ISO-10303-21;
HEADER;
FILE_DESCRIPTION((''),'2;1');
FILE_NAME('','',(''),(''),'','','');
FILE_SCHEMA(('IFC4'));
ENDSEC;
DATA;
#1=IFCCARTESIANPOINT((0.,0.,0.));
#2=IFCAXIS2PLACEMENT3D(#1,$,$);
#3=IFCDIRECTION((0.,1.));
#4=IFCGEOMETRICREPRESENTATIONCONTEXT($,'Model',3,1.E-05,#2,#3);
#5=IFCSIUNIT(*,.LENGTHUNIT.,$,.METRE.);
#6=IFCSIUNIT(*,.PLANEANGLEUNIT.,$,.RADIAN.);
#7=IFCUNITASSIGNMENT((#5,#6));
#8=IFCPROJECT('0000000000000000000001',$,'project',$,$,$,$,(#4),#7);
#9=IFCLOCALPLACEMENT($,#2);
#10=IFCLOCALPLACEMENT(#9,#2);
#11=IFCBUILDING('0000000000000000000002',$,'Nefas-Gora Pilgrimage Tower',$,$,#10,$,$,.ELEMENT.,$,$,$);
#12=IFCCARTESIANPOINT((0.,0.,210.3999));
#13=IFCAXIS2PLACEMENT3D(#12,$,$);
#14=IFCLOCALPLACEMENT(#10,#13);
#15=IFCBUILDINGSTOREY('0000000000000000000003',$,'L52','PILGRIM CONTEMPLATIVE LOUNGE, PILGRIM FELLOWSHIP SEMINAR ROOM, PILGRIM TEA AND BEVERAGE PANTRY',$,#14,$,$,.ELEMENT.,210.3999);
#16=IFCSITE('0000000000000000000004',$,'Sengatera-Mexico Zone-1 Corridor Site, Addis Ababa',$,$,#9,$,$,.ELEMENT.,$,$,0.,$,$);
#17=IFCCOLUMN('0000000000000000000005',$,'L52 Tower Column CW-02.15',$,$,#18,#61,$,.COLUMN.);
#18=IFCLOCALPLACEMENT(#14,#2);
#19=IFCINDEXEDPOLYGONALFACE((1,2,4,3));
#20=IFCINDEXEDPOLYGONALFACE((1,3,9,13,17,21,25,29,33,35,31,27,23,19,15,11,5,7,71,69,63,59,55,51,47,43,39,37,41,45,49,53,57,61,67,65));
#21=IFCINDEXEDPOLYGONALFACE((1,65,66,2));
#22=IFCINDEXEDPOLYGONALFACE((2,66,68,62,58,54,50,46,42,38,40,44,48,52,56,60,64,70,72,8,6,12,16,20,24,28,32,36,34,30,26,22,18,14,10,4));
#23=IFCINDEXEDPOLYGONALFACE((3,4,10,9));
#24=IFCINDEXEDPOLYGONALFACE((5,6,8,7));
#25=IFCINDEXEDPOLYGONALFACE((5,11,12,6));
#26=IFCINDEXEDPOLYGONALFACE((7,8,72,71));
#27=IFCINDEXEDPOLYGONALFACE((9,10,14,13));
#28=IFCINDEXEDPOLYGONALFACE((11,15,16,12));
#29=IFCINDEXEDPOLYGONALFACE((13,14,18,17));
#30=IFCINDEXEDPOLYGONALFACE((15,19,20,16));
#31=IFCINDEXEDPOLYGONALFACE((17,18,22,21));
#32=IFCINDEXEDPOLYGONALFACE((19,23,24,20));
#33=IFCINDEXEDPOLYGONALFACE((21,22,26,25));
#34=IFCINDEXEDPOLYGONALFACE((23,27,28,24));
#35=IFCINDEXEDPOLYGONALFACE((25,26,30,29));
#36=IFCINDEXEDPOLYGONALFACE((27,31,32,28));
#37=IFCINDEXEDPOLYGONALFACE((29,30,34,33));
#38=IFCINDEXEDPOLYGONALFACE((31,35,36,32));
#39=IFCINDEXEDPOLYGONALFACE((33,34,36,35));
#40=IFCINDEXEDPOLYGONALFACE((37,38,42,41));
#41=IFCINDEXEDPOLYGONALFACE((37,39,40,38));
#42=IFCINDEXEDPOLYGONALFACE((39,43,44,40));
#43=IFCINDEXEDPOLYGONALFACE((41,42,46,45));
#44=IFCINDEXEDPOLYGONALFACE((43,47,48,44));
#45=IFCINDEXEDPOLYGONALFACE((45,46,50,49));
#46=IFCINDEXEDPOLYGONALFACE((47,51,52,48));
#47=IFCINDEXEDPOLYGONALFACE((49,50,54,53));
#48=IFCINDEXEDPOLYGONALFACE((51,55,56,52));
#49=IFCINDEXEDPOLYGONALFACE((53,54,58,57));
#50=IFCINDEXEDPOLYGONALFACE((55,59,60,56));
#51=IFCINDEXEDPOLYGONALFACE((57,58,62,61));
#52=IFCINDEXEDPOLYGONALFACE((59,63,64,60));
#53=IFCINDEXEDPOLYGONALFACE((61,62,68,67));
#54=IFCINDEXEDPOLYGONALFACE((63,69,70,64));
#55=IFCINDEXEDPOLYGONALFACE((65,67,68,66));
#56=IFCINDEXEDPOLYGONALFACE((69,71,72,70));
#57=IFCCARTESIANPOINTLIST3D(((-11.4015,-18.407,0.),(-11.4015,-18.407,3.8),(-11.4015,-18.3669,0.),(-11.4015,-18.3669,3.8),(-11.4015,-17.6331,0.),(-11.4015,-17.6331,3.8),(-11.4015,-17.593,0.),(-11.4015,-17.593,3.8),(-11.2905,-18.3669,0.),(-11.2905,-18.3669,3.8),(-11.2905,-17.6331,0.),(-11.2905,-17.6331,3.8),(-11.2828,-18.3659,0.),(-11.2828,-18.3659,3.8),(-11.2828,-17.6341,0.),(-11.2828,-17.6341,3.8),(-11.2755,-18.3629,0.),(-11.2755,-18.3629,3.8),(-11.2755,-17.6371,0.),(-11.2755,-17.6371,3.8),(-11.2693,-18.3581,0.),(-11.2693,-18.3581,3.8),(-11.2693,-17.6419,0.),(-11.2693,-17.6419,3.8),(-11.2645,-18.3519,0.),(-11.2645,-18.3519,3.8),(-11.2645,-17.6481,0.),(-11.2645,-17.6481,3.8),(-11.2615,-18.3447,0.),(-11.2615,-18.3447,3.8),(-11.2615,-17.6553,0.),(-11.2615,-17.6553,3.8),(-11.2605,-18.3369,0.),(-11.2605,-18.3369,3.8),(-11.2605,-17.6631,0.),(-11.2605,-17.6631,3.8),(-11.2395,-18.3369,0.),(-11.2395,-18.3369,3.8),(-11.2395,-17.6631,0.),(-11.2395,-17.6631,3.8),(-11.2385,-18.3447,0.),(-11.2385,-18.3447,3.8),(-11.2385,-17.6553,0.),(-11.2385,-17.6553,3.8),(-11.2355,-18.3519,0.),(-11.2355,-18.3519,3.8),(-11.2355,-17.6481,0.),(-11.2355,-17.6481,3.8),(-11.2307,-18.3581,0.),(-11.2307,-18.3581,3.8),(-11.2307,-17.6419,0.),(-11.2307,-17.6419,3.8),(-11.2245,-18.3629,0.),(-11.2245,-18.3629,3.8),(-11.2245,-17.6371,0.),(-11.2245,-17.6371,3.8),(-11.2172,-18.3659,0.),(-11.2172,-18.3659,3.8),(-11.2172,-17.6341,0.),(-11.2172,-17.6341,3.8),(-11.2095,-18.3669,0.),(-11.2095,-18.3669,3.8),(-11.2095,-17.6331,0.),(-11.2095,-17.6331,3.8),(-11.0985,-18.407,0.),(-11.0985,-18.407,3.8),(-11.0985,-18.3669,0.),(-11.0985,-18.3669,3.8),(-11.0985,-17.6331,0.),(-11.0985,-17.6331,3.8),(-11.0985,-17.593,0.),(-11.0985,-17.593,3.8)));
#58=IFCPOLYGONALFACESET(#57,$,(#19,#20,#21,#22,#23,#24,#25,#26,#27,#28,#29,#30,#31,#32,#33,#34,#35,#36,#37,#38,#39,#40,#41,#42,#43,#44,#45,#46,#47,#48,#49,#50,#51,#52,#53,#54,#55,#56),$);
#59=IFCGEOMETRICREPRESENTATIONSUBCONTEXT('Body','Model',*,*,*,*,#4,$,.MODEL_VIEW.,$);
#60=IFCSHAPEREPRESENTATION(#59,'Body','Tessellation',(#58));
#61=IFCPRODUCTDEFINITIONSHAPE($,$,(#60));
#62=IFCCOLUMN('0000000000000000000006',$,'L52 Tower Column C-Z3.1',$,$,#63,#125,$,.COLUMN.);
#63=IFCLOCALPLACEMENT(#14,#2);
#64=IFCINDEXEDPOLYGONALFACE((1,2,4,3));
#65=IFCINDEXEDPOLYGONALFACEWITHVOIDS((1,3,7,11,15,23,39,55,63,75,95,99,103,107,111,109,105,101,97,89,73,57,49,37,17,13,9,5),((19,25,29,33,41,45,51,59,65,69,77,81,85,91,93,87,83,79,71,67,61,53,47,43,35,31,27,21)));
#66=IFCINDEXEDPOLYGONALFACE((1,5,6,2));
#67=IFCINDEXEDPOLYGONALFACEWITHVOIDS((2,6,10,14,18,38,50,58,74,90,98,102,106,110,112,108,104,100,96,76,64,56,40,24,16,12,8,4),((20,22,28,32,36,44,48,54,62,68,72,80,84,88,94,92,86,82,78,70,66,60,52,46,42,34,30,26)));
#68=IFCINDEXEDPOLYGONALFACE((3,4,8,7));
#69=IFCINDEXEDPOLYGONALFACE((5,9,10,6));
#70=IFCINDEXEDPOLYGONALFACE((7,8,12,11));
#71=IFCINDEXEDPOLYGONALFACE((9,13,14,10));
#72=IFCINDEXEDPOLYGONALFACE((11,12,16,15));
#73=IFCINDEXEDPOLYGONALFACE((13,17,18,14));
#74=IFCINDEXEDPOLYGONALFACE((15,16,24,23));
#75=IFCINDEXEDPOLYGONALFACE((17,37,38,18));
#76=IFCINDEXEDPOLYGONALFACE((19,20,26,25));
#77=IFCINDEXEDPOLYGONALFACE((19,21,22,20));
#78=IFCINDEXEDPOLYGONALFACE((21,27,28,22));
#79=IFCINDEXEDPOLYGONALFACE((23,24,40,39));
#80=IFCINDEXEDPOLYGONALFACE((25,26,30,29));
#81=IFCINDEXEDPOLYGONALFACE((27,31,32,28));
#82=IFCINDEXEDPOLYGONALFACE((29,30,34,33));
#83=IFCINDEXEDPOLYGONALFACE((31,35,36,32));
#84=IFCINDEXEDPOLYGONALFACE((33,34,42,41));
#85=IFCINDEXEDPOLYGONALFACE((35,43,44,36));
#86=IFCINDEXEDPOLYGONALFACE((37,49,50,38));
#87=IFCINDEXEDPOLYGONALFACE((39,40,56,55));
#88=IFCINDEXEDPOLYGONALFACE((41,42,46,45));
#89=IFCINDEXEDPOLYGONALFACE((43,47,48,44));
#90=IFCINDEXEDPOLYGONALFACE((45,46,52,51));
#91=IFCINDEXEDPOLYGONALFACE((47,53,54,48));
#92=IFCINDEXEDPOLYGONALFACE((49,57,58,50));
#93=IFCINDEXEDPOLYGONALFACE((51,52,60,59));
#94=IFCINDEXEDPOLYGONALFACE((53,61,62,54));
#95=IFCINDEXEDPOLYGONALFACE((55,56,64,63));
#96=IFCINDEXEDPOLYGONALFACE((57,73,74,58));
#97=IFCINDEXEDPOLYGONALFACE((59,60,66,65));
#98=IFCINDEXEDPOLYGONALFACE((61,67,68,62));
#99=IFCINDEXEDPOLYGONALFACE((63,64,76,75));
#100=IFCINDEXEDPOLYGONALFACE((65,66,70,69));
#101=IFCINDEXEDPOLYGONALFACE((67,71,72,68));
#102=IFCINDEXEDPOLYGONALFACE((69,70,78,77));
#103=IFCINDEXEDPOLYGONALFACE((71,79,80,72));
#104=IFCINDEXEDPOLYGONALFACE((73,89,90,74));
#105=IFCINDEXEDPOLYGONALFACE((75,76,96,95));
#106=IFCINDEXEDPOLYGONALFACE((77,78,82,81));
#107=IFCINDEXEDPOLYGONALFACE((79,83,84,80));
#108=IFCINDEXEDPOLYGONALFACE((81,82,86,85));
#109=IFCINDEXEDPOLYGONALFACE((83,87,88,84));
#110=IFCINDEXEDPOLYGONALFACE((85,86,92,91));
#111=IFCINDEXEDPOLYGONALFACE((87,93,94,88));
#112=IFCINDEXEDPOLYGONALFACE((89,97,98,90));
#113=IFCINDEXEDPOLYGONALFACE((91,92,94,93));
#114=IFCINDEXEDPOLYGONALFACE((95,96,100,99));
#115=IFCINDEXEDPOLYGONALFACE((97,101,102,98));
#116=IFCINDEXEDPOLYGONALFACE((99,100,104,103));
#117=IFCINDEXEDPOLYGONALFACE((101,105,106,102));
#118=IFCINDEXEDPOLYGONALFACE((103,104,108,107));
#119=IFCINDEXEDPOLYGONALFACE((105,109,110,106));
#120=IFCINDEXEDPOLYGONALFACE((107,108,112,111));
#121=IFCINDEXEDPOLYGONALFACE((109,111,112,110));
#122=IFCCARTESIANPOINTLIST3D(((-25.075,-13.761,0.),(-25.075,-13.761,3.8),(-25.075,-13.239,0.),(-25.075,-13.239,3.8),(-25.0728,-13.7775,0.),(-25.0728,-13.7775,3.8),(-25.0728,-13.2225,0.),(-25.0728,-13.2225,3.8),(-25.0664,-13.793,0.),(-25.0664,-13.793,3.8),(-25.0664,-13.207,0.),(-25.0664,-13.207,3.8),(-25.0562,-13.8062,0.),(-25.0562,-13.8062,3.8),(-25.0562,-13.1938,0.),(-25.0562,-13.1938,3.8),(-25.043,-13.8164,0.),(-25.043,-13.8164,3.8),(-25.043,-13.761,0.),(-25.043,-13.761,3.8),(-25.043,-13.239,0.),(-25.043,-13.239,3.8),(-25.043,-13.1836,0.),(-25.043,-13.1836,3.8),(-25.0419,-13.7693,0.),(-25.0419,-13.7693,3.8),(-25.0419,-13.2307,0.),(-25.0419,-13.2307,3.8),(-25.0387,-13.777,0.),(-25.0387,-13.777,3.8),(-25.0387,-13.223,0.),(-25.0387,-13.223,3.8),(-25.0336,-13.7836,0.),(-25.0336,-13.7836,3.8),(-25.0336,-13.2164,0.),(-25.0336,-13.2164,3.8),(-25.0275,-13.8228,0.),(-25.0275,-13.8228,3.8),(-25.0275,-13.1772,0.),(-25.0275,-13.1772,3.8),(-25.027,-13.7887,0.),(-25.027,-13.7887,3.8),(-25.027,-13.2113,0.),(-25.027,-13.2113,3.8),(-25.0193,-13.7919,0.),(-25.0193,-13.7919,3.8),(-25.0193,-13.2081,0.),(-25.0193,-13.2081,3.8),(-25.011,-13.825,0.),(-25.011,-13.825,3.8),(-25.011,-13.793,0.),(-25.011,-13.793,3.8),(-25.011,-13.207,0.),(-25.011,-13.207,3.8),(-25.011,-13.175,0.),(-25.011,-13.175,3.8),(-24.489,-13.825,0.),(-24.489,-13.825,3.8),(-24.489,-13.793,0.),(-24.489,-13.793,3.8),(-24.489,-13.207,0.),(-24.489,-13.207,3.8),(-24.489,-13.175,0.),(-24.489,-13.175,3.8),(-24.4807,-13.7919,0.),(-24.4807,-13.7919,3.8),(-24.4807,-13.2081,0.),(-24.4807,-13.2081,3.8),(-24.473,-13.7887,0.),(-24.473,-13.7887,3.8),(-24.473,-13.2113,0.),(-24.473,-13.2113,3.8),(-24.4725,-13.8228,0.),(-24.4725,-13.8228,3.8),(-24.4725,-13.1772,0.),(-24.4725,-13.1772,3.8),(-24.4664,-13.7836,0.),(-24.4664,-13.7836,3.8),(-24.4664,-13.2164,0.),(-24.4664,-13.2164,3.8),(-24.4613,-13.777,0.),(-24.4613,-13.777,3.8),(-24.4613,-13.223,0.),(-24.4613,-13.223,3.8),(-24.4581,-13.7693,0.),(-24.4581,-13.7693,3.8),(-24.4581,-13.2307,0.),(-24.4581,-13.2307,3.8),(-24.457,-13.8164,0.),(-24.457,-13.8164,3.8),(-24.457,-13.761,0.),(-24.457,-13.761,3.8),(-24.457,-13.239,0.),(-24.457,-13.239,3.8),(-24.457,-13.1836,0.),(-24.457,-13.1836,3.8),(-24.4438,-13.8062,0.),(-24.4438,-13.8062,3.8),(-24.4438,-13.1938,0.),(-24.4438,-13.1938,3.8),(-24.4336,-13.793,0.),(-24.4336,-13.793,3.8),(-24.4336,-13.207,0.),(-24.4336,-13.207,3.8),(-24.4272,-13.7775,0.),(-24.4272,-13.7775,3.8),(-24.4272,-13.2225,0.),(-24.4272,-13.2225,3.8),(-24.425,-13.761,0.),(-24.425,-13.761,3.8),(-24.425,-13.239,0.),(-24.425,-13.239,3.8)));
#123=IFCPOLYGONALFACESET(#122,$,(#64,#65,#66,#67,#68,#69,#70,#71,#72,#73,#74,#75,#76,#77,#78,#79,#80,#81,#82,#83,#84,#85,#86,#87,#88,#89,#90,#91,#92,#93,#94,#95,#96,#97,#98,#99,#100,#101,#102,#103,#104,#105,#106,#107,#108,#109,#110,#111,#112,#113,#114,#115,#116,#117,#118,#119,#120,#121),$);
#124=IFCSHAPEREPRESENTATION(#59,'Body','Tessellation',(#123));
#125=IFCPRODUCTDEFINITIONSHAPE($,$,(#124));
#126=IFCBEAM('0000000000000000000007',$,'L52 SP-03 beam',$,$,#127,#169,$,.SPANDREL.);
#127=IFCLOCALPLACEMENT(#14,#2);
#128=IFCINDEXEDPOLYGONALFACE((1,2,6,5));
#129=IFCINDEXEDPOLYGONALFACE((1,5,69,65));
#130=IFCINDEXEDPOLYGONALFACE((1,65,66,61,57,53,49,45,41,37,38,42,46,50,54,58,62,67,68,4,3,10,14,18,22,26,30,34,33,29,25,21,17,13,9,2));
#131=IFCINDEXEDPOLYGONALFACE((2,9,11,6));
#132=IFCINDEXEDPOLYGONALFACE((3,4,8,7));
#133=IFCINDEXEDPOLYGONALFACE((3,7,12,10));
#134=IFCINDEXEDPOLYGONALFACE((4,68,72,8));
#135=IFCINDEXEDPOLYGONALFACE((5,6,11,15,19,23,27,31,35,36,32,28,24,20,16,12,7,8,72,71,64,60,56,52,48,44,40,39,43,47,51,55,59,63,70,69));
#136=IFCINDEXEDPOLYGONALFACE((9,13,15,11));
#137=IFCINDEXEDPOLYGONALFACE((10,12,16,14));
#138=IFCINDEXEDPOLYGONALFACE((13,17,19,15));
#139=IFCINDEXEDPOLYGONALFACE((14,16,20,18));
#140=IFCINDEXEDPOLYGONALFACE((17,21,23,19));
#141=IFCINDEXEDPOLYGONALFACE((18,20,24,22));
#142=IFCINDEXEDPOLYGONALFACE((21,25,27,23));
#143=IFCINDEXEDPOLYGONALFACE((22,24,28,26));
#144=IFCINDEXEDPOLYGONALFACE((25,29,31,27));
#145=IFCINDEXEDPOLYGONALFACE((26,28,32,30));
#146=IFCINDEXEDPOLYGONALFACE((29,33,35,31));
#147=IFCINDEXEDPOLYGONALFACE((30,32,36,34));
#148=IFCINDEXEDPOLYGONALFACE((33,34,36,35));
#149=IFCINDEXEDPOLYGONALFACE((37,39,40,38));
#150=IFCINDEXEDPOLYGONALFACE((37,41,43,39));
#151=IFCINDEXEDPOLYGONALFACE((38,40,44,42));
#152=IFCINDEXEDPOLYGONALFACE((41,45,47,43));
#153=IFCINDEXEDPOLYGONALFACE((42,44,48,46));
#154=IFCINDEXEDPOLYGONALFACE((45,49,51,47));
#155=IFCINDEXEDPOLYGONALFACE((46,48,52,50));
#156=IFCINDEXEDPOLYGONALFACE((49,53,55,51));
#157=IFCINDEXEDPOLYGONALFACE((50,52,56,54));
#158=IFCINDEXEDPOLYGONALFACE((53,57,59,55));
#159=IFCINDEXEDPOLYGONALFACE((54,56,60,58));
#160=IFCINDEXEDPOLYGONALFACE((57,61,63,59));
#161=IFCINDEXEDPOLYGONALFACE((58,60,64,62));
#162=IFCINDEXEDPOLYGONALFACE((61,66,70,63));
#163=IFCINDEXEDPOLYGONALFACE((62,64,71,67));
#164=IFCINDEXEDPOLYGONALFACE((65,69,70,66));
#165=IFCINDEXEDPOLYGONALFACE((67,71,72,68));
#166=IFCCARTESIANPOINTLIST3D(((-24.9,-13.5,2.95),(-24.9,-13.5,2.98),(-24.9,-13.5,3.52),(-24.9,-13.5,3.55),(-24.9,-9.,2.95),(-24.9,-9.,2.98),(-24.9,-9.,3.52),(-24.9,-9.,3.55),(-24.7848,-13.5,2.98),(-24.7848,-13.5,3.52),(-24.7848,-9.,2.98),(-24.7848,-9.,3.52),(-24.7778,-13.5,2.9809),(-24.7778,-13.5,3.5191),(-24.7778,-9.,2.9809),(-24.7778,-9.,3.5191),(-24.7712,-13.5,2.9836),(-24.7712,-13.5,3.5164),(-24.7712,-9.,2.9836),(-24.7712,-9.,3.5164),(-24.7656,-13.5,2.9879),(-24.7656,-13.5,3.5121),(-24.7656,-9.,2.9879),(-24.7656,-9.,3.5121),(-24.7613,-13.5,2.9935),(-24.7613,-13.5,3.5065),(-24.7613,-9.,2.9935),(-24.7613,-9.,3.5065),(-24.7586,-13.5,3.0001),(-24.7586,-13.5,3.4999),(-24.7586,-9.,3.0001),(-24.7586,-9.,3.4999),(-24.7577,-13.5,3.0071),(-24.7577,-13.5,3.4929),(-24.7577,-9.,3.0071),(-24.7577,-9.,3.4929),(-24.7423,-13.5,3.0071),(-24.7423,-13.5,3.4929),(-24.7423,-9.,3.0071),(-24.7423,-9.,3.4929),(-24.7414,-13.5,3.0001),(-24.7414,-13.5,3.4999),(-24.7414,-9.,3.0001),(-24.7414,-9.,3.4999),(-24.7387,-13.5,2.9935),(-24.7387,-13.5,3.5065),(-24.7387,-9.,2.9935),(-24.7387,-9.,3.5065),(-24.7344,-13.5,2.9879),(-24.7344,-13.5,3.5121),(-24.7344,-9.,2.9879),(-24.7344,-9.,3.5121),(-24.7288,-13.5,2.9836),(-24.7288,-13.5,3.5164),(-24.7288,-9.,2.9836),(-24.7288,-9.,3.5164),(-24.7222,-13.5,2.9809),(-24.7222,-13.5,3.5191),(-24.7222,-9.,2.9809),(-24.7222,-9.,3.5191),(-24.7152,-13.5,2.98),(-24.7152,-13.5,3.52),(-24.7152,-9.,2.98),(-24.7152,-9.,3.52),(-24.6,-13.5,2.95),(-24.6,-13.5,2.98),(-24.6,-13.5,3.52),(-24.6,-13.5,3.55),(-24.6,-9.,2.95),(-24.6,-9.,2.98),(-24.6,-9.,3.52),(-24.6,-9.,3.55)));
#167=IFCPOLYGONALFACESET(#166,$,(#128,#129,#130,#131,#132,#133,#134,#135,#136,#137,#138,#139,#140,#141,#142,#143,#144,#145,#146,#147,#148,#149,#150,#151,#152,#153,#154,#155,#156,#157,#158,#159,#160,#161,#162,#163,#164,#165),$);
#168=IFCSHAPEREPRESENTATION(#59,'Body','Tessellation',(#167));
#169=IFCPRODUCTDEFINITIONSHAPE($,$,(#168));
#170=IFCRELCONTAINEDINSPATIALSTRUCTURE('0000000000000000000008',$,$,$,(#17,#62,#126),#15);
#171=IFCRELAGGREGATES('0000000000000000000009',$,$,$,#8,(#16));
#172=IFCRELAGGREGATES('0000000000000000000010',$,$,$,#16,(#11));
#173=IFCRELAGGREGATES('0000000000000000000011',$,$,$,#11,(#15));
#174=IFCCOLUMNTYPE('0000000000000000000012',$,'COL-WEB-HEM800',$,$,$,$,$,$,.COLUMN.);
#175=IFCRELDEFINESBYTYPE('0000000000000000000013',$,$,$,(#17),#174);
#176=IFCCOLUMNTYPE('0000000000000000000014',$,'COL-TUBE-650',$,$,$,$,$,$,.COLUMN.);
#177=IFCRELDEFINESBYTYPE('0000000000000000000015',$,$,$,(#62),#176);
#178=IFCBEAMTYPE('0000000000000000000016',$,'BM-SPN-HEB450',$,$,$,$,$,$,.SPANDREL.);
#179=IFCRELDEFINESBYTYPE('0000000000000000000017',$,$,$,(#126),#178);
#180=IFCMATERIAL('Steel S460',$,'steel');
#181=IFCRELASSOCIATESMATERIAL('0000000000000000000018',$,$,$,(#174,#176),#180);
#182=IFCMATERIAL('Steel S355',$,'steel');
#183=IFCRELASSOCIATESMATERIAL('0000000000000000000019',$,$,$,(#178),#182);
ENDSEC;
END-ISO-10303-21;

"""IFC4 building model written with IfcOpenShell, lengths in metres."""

from ifc_helpers import new_model, si_unit, direction, frame, origin, origin_2d, place, context, subcontext, project, spatial, hollow_rectangle, i_section, extrude, source, transform, mapped, material, material_profile, profile_set, type_object, element, save


model = new_model("IFC4")

# Units and contexts
model_context = context("Model", 3, precision=1e-05, world=origin(), true_north=direction((0.0, 1.0)))
body_context = subcontext(model_context, "Body", "Model", "MODEL_VIEW")
ifc_project = project(units=[si_unit("LENGTHUNIT", "METRE"), si_unit("PLANEANGLEUNIT", "RADIAN")], contexts=[model_context])

# Site, building, storey
site_placement = place(None, origin())
site = spatial("IfcSite", under=ifc_project, at=site_placement, Name="Sengatera-Mexico Zone-1 Corridor Site, Addis Ababa", CompositionType="ELEMENT", RefElevation=0.0)
building_placement = place(site_placement, origin())
building = spatial("IfcBuilding", under=site, at=building_placement, Name="Nefas-Gora Pilgrimage Tower", CompositionType="ELEMENT")
storey_placement = place(building_placement, frame((0.0, 0.0, 210.3999)))
storey = spatial("IfcBuildingStorey", under=building, at=storey_placement, Name="L52", Description="PILGRIM CONTEMPLATIVE LOUNGE, PILGRIM FELLOWSHIP SEMINAR ROOM, PILGRIM TEA AND BEVERAGE PANTRY", CompositionType="ELEMENT", Elevation=210.3999)

# Columns
ifc_material_1 = material(Name="Steel S460", Category="steel")
ifc_material_profile_1 = material_profile(ifc_material_1, i_section(OverallWidth=0.303, OverallDepth=0.814, WebThickness=0.021, FlangeThickness=0.04, FilletRadius=0.03, at=origin_2d()), Name="HEM 800")
ifc_profile_set_1 = profile_set([ifc_material_profile_1], Name="Steel S460")
column_type_1 = type_object("IfcColumnType", Name="COL-WEB-HEM800", PredefinedType="COLUMN", material=ifc_profile_set_1)
shared_shape_1 = source(origin(), body_context, "Body", "SweptSolid", [
    extrude(i_section(OverallWidth=0.303, OverallDepth=0.814, WebThickness=0.021, FlangeThickness=0.04, FilletRadius=0.03, at=origin_2d()), origin(), (0.0, 0.0, 1.0), 3.8),
])
column_1_placement = place(storey_placement, frame((-11.25, -18.0, 0.0), z_axis=(0.0, 0.0, 1.0), x_axis=(1.0, 0.0, 0.0)))
element("IfcColumn", 1, at=column_1_placement, inside=storey, type_object=column_type_1, Name="L52 Tower Column CW-02.15", PredefinedType="COLUMN", context=body_context, shape_type="MappedRepresentation", body=[
    mapped(shared_shape_1, transform((0.0, 0.0, 0.0), x_axis=(1.0, 0.0, 0.0), y_axis=(0.0, 1.0, 0.0), z_axis=(0.0, 0.0, 1.0), scale=1.0)),
])
ifc_material_profile_2 = material_profile(ifc_material_1, hollow_rectangle(XDim=0.6499, YDim=0.6499, WallThickness=0.032, InnerFilletRadius=0.032, OuterFilletRadius=0.064, at=origin_2d()), Name="BOX 650x650x32")
ifc_profile_set_2 = profile_set([ifc_material_profile_2], Name="Steel S460")
column_type_2 = type_object("IfcColumnType", Name="COL-TUBE-650", PredefinedType="COLUMN", material=ifc_profile_set_2)
shared_shape_2 = source(origin(), body_context, "Body", "SweptSolid", [
    extrude(hollow_rectangle(XDim=0.6499, YDim=0.6499, WallThickness=0.032, InnerFilletRadius=0.032, OuterFilletRadius=0.064, at=origin_2d()), origin(), (0.0, 0.0, 1.0), 3.8),
])
column_2_placement = place(storey_placement, frame((-24.75, -13.5, 0.0), z_axis=(0.0, 0.0, 1.0), x_axis=(1.0, 0.0, 0.0)))
element("IfcColumn", 2, at=column_2_placement, inside=storey, type_object=column_type_2, Name="L52 Tower Column C-Z3.1", PredefinedType="COLUMN", context=body_context, shape_type="MappedRepresentation", body=[
    mapped(shared_shape_2, transform((0.0, 0.0, 0.0), x_axis=(1.0, 0.0, 0.0), y_axis=(0.0, 1.0, 0.0), z_axis=(0.0, 0.0, 1.0), scale=1.0)),
])

# Beam
ifc_material_2 = material(Name="Steel S355", Category="steel")
ifc_material_profile_3 = material_profile(ifc_material_2, i_section(OverallWidth=0.3, OverallDepth=0.6001, WebThickness=0.0154, FlangeThickness=0.03, FilletRadius=0.0271, at=origin_2d()), Name="HEB 600")
ifc_profile_set_3 = profile_set([ifc_material_profile_3], Name="Steel S355")
beam_type_1 = type_object("IfcBeamType", Name="BM-SPN-HEB450", PredefinedType="SPANDREL", material=ifc_profile_set_3)
shared_shape_3 = source(origin(), body_context, "Body", "SweptSolid", [
    extrude(i_section(OverallWidth=0.3, OverallDepth=0.6001, WebThickness=0.0154, FlangeThickness=0.03, FilletRadius=0.0271, at=origin_2d()), origin(), (0.0, 0.0, 1.0), 4.5),
])
beam_1_placement = place(storey_placement, frame((-24.75, -13.5, 3.25), z_axis=(0.0, 1.0, 0.0), x_axis=(-1.0, 0.0, 0.0)))
element("IfcBeam", 3, at=beam_1_placement, inside=storey, type_object=beam_type_1, Name="L52 SP-03 beam", PredefinedType="SPANDREL", context=body_context, shape_type="MappedRepresentation", body=[
    mapped(shared_shape_3, transform((0.0, 0.0, 0.0), x_axis=(1.0, 0.0, 0.0), y_axis=(0.0, 1.0, 0.0), z_axis=(0.0, 0.0, 1.0), scale=1.0)),
])

save(model, "model.ifc")
